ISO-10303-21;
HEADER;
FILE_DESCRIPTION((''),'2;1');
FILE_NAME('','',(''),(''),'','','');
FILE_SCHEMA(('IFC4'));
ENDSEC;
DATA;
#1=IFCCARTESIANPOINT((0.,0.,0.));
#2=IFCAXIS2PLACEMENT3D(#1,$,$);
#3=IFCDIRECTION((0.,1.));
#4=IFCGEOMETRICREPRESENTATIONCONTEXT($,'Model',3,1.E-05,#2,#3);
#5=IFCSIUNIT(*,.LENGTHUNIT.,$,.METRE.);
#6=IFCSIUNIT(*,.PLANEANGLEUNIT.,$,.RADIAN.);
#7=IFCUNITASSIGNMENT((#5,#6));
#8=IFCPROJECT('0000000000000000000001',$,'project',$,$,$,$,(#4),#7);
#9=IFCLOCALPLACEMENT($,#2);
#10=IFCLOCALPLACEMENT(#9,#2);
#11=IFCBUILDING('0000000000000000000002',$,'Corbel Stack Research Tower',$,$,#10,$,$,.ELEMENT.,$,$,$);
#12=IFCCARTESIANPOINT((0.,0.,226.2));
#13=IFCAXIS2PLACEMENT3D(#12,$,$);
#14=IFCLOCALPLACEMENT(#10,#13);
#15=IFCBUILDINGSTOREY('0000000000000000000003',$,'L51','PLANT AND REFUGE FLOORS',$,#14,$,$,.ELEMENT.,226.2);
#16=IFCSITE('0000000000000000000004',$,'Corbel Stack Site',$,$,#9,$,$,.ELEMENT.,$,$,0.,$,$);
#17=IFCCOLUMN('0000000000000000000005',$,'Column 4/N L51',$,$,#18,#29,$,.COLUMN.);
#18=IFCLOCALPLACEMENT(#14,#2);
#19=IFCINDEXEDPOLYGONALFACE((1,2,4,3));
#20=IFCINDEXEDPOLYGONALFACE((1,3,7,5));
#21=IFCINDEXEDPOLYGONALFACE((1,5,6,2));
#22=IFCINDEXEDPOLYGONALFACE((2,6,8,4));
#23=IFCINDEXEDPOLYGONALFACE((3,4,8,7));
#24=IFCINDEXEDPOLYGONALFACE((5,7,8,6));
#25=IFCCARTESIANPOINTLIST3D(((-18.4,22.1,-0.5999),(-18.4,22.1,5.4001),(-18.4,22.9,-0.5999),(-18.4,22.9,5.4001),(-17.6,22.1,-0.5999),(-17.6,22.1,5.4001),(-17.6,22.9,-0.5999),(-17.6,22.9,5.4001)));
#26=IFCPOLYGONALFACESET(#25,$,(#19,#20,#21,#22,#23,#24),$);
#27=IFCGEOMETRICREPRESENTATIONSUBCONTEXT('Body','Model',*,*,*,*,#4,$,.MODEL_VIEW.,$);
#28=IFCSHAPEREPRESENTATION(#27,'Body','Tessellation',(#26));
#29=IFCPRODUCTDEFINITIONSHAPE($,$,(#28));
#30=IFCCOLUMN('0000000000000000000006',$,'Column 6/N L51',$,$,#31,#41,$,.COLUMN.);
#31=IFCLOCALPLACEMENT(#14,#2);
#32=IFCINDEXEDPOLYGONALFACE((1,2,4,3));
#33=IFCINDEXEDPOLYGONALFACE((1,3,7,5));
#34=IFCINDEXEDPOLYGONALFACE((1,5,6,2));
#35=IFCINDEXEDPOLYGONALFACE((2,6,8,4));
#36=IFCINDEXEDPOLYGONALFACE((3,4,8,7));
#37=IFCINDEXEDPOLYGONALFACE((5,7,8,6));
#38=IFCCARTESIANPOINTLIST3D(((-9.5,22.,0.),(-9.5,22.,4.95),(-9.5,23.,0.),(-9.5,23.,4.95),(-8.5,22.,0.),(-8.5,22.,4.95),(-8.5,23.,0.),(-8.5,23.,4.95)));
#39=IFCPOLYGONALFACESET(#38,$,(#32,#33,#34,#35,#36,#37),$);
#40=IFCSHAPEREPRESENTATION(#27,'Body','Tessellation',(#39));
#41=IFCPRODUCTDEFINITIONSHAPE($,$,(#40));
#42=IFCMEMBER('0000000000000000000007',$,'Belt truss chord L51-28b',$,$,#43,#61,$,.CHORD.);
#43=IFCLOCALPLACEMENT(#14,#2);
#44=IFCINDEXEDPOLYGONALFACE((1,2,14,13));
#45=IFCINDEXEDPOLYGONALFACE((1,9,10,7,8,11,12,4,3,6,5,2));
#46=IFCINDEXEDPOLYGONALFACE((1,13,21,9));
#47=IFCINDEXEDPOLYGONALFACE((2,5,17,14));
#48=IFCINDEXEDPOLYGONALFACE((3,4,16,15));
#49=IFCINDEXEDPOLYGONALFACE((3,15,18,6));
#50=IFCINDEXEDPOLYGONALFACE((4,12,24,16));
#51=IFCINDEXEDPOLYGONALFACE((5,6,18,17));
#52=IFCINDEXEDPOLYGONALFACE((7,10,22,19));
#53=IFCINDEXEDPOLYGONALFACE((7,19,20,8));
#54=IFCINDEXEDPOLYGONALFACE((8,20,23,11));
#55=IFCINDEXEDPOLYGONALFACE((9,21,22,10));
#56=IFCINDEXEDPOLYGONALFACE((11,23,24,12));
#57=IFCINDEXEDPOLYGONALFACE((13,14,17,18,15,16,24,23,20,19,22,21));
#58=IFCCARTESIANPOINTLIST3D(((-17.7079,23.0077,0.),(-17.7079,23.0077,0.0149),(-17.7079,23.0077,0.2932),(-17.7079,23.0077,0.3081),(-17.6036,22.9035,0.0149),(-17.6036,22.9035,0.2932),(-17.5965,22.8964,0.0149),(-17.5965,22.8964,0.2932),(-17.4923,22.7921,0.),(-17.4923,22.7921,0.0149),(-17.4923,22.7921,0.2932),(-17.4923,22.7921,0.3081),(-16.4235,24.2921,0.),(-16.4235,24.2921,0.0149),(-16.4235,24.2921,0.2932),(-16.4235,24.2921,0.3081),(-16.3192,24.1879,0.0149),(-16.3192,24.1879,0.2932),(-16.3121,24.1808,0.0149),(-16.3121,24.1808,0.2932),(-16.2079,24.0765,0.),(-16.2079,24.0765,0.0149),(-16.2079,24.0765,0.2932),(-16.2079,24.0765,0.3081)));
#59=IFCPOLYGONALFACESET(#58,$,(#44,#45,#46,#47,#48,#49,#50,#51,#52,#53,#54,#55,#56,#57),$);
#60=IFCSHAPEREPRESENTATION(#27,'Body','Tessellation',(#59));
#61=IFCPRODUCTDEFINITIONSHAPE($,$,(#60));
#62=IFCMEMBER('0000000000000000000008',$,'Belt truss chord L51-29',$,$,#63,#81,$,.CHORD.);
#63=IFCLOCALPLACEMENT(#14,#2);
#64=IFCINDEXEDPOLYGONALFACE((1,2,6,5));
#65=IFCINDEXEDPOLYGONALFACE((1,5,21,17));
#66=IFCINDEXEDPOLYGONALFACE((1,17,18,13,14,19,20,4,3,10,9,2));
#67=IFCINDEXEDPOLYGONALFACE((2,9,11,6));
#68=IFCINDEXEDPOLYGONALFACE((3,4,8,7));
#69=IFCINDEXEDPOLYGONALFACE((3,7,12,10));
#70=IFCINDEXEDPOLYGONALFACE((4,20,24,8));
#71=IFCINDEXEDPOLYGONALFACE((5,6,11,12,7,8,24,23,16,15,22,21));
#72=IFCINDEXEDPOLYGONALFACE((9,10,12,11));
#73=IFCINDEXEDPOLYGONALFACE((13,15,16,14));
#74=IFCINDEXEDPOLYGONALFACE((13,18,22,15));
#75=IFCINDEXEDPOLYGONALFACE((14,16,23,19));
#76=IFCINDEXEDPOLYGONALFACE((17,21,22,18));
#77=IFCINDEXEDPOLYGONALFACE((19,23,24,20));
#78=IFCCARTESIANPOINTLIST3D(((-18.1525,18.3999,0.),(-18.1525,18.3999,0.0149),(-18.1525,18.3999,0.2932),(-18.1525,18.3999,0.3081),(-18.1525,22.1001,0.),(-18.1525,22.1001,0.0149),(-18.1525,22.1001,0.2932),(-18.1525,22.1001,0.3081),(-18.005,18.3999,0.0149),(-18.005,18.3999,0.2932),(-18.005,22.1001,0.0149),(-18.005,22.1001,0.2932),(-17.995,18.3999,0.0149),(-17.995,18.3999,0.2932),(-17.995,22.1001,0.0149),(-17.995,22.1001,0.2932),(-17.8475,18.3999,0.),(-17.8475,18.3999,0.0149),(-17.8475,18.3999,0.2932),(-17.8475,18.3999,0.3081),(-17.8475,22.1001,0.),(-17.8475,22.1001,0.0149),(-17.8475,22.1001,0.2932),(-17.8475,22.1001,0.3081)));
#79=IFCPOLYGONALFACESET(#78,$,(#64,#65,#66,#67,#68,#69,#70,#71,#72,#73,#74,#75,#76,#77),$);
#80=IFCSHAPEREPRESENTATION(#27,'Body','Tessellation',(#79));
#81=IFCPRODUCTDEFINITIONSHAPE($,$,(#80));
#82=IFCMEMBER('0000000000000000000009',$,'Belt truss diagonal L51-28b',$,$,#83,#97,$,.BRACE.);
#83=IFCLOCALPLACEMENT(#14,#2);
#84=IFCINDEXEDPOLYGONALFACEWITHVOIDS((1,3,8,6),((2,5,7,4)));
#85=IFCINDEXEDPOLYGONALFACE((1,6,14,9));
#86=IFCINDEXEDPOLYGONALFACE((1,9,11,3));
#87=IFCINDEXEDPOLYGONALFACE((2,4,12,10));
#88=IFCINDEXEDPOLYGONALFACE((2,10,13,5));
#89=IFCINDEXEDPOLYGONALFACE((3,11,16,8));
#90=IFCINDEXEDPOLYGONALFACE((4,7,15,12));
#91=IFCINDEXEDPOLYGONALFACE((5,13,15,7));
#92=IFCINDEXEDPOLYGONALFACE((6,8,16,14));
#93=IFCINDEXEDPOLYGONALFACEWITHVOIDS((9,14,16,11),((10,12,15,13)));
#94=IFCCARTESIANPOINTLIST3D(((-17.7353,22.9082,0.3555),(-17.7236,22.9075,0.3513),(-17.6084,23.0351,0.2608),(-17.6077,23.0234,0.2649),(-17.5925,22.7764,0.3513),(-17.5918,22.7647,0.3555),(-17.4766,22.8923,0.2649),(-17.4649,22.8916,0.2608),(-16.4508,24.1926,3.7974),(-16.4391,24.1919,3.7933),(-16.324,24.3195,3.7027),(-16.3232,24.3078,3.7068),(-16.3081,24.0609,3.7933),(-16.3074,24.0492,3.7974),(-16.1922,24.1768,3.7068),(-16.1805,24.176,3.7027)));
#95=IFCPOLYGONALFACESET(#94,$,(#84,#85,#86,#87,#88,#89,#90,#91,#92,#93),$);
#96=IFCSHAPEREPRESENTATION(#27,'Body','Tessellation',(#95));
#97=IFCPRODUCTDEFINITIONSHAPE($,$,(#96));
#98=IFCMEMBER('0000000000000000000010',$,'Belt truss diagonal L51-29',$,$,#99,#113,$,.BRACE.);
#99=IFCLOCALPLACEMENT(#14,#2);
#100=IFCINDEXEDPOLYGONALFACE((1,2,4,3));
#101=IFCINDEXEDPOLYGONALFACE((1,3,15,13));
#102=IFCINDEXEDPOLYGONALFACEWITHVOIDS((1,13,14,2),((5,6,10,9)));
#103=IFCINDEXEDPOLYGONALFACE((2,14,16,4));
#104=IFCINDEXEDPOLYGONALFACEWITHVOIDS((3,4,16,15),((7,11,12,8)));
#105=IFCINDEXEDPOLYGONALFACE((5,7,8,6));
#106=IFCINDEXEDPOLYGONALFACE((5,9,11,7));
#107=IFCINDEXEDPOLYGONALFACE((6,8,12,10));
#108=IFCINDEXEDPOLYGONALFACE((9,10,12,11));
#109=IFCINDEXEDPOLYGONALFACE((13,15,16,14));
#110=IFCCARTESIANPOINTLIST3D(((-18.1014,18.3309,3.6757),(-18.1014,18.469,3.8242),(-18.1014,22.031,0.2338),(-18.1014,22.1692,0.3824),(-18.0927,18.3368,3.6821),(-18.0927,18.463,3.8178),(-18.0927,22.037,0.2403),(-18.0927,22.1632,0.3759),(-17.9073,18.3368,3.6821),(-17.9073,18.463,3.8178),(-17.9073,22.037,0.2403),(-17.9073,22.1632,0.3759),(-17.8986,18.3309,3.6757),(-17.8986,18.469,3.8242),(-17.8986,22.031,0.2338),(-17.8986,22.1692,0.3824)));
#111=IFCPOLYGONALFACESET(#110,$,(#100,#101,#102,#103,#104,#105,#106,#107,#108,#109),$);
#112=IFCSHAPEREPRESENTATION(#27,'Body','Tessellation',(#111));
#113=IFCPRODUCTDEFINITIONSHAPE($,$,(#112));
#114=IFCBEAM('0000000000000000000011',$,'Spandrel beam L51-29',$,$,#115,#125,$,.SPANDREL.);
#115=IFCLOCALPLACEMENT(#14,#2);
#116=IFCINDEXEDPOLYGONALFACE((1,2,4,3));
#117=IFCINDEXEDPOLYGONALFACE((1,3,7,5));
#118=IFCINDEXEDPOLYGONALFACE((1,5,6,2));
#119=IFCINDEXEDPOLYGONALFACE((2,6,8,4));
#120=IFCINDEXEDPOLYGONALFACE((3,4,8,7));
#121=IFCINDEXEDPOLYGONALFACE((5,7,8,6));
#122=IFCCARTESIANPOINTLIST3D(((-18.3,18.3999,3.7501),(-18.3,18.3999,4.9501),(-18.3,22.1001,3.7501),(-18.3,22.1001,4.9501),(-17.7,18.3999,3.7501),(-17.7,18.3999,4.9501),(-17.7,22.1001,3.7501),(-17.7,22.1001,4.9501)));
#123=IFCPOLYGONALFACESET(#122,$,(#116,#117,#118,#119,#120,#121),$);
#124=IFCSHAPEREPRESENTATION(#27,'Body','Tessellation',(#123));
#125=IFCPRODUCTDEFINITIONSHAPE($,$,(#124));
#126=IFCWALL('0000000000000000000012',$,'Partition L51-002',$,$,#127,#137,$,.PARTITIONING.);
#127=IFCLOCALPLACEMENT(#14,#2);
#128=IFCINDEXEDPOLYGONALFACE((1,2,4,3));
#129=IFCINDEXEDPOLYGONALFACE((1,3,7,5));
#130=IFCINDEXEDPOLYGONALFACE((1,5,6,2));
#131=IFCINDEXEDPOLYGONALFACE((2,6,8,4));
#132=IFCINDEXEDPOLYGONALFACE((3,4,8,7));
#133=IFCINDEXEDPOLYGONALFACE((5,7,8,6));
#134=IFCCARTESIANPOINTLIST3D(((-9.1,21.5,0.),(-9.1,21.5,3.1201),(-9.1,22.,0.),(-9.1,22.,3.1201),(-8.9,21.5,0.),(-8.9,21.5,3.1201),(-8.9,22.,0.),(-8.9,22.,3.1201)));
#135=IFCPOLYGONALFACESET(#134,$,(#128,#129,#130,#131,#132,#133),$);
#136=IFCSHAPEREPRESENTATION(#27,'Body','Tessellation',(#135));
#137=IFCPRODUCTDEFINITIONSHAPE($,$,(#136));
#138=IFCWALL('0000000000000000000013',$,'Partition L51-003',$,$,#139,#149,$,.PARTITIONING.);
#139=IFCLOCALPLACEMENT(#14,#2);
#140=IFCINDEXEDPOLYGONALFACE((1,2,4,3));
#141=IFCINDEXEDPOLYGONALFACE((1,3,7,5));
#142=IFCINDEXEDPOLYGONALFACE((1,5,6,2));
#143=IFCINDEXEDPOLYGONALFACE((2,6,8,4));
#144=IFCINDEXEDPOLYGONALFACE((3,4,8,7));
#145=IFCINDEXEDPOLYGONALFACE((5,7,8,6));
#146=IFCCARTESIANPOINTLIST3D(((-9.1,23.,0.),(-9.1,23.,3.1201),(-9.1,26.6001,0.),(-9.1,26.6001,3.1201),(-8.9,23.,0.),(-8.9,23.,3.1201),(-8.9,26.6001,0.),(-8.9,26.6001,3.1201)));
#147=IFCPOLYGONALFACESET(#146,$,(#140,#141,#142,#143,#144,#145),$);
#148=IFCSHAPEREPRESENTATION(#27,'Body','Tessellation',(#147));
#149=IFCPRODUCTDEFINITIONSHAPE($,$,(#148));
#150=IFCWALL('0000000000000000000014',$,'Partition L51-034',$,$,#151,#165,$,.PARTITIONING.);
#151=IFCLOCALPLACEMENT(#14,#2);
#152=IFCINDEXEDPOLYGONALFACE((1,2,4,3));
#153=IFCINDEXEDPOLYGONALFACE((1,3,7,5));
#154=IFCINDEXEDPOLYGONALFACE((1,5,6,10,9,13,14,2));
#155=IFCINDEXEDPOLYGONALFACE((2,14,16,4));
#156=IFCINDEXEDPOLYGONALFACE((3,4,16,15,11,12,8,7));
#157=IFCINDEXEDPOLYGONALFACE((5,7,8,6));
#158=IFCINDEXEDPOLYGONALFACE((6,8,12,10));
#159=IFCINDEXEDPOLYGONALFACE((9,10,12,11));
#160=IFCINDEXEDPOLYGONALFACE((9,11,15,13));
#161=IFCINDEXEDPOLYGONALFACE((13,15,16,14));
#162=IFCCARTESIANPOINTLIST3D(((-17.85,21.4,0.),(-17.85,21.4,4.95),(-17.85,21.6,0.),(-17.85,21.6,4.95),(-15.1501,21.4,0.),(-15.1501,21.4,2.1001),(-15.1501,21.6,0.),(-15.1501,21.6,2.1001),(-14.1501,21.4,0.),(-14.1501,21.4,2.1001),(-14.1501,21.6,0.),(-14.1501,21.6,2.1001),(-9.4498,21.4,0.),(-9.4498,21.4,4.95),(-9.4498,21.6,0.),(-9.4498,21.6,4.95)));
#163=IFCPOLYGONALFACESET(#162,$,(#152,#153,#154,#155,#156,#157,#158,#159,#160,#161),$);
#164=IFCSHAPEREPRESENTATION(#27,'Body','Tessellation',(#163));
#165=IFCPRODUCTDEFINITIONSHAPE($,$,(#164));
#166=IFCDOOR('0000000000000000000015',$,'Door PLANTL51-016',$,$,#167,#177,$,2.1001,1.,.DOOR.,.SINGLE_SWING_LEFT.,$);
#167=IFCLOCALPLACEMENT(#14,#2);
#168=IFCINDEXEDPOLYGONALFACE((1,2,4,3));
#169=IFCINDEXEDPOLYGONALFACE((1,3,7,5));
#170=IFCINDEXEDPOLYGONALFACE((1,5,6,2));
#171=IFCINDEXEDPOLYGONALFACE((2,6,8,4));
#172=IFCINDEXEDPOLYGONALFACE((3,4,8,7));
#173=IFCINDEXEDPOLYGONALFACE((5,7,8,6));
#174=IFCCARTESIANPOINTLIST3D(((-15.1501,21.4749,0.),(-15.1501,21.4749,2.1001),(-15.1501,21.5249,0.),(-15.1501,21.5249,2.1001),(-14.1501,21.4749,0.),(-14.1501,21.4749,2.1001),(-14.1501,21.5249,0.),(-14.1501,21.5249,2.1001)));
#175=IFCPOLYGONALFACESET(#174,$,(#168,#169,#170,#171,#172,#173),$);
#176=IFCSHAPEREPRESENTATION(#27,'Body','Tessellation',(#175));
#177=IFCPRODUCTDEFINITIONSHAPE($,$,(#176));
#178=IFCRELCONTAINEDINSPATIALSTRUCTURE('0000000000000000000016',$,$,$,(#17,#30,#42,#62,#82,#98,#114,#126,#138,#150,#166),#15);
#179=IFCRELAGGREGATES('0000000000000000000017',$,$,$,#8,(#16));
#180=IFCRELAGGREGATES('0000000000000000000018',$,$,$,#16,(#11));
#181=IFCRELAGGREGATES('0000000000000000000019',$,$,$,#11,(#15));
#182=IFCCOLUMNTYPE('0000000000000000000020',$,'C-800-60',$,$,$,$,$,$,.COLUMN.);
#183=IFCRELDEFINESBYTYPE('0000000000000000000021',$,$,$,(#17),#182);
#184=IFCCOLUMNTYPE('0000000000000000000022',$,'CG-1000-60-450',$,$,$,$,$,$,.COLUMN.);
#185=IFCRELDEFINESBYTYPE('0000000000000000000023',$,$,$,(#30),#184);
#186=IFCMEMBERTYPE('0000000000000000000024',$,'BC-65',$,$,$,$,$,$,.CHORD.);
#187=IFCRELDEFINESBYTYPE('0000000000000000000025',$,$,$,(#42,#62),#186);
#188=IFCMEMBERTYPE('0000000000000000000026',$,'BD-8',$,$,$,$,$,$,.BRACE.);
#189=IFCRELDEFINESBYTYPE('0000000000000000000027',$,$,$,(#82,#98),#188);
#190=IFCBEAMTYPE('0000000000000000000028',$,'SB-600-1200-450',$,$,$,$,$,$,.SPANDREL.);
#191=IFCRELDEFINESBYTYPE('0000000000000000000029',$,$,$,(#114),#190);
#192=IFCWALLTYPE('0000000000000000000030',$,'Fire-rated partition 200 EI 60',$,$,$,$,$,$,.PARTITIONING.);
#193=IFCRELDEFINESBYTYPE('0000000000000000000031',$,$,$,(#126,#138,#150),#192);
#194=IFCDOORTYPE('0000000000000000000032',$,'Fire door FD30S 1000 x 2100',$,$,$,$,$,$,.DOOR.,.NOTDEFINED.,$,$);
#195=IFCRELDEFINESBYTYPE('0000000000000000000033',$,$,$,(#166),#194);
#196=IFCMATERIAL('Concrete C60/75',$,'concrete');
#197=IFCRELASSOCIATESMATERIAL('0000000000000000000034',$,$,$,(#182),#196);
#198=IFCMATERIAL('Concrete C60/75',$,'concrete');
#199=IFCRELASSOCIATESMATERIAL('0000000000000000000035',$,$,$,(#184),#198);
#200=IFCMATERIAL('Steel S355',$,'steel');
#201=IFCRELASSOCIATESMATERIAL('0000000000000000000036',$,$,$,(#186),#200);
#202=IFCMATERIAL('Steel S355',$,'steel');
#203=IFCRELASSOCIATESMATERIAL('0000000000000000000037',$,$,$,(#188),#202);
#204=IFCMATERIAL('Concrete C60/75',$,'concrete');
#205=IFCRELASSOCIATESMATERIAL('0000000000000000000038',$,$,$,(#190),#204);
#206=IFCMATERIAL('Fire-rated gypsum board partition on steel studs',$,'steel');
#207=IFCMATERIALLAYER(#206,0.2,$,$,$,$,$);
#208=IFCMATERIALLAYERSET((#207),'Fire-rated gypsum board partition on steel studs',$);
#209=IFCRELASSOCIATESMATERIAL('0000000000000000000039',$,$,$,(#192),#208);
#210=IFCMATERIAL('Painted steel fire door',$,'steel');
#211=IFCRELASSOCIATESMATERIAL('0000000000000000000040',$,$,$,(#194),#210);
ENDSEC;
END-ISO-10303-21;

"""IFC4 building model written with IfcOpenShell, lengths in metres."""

from ifc_helpers import new_model, si_unit, direction, frame, frame_2d, origin, origin_2d, place, context, subcontext, project, spatial, rectangle, hollow_rectangle, i_section, extrude, material, layer, layer_set, material_profile, profile_set, type_object, element, fill, save


model = new_model("IFC4")

# Units and contexts
model_context = context("Model", 3, precision=1e-05, world=origin(), true_north=direction((0.0, 1.0)))
body_context = subcontext(model_context, "Body", "Model", "MODEL_VIEW")
ifc_project = project(units=[si_unit("LENGTHUNIT", "METRE"), si_unit("PLANEANGLEUNIT", "RADIAN")], contexts=[model_context])

# Site, building, storey
site_placement = place(None, origin())
site = spatial("IfcSite", under=ifc_project, at=site_placement, Name="Corbel Stack Site", CompositionType="ELEMENT", RefElevation=0.0)
building_placement = place(site_placement, origin())
building = spatial("IfcBuilding", under=site, at=building_placement, Name="Corbel Stack Research Tower", CompositionType="ELEMENT")
storey_placement = place(building_placement, frame((0.0, 0.0, 226.2)))
storey = spatial("IfcBuildingStorey", under=building, at=storey_placement, Name="L51", Description="PLANT AND REFUGE FLOORS", CompositionType="ELEMENT", Elevation=226.2)

# Columns
ifc_material_1 = material(Name="Concrete C60/75", Category="concrete")
ifc_material_profile_1 = material_profile(ifc_material_1, rectangle(XDim=0.8, YDim=0.8, at=origin_2d()), Name="RC 800 x 800")
ifc_profile_set_1 = profile_set([ifc_material_profile_1], Name="Concrete C60/75")
column_type_1 = type_object("IfcColumnType", Name="C-800-60", PredefinedType="COLUMN", material=ifc_profile_set_1)
column_1_placement = place(storey_placement, frame((-18.0, 22.5, -0.5999), z_axis=(0.0, 0.0, 1.0), x_axis=(1.0, 0.0, 0.0)))
element("IfcColumn", 1, at=column_1_placement, inside=storey, type_object=column_type_1, Name="Column 4/N L51", PredefinedType="COLUMN", context=body_context, shape_type="SweptSolid", body=[
    extrude(rectangle(XDim=0.8, YDim=0.8, at=origin_2d()), origin(), (0.0, 0.0, 1.0), 6.0),
])
ifc_material_2 = material(Name="Concrete C60/75", Category="concrete")
ifc_material_profile_2 = material_profile(ifc_material_2, rectangle(XDim=1.0, YDim=1.0, at=origin_2d()), Name="RC 1000 x 1000")
ifc_profile_set_2 = profile_set([ifc_material_profile_2], Name="Concrete C60/75")
column_type_2 = type_object("IfcColumnType", Name="CG-1000-60-450", PredefinedType="COLUMN", material=ifc_profile_set_2)
column_2_placement = place(storey_placement, frame((-9.0, 22.5, 0.0), z_axis=(0.0, 0.0, 1.0), x_axis=(1.0, 0.0, 0.0)))
element("IfcColumn", 2, at=column_2_placement, inside=storey, type_object=column_type_2, Name="Column 6/N L51", PredefinedType="COLUMN", context=body_context, shape_type="SweptSolid", body=[
    extrude(rectangle(XDim=1.0, YDim=1.0, at=origin_2d()), origin(), (0.0, 0.0, 1.0), 4.95),
])

# Members
ifc_material_3 = material(Name="Steel S355", Category="steel")
ifc_material_profile_3 = material_profile(ifc_material_3, i_section(OverallWidth=0.3049, OverallDepth=0.3081, WebThickness=0.01, FlangeThickness=0.0149, at=origin_2d()), Name="W12x65")
ifc_profile_set_3 = profile_set([ifc_material_profile_3], Name="Steel S355")
member_type_1 = type_object("IfcMemberType", Name="BC-65", PredefinedType="CHORD", material=ifc_profile_set_3)
member_1_placement = place(storey_placement, frame((-16.3157, 24.1843, 0.1541), z_axis=(-0.707107, -0.707107, 0.0), x_axis=(0.707107, -0.707107, 0.0)))
element("IfcMember", 3, at=member_1_placement, inside=storey, type_object=member_type_1, Name="Belt truss chord L51-28b", PredefinedType="CHORD", context=body_context, shape_type="SweptSolid", body=[
    extrude(i_section(OverallWidth=0.3049, OverallDepth=0.3081, WebThickness=0.01, FlangeThickness=0.0149, at=origin_2d()), origin(), (0.0, 0.0, 1.0), 1.8164),
])
member_2_placement = place(storey_placement, frame((-18.0, 22.1001, 0.1541), z_axis=(0.0, -1.0, 0.0), x_axis=(1.0, 0.0, 0.0)))
element("IfcMember", 4, at=member_2_placement, inside=storey, type_object=member_type_1, Name="Belt truss chord L51-29", PredefinedType="CHORD", context=body_context, shape_type="SweptSolid", body=[
    extrude(i_section(OverallWidth=0.3049, OverallDepth=0.3081, WebThickness=0.01, FlangeThickness=0.0149, at=origin_2d()), origin(), (0.0, 0.0, 1.0), 3.7002),
])
ifc_material_4 = material(Name="Steel S355", Category="steel")
ifc_material_profile_4 = material_profile(ifc_material_4, hollow_rectangle(XDim=0.2029, YDim=0.2029, WallThickness=0.0088, at=origin_2d()), Name="HSS8x8x3/8")
ifc_profile_set_4 = profile_set([ifc_material_profile_4], Name="Steel S355")
member_type_2 = type_object("IfcMemberType", Name="BD-8", PredefinedType="BRACE", material=ifc_profile_set_4)
member_3_placement = place(storey_placement, frame((-17.6001, 22.8999, 0.3081), z_axis=(0.330033, 0.330033, 0.884396), x_axis=(-0.707107, 0.707107, 0.0)))
element("IfcMember", 5, at=member_3_placement, inside=storey, type_object=member_type_2, Name="Belt truss diagonal L51-28b", PredefinedType="BRACE", context=body_context, shape_type="SweptSolid", body=[
    extrude(hollow_rectangle(XDim=0.2029, YDim=0.2029, WallThickness=0.0088, at=origin_2d()), origin(), (0.0, 0.0, 1.0), 3.8918),
])
member_4_placement = place(storey_placement, frame((-18.0, 22.1001, 0.3081), z_axis=(0.0, -0.732201, 0.681088), x_axis=(1.0, 0.0, 0.0)))
element("IfcMember", 6, at=member_4_placement, inside=storey, type_object=member_type_2, Name="Belt truss diagonal L51-29", PredefinedType="BRACE", context=body_context, shape_type="SweptSolid", body=[
    extrude(hollow_rectangle(XDim=0.2029, YDim=0.2029, WallThickness=0.0088, at=origin_2d()), origin(), (0.0, 0.0, 1.0), 5.0535),
])

# Beam
ifc_material_5 = material(Name="Concrete C60/75", Category="concrete")
ifc_material_profile_5 = material_profile(ifc_material_5, rectangle(XDim=0.6001, YDim=1.2, at=origin_2d()), Name="RC 600 x 1200")
ifc_profile_set_5 = profile_set([ifc_material_profile_5], Name="Concrete C60/75")
beam_type = type_object("IfcBeamType", Name="SB-600-1200-450", PredefinedType="SPANDREL", material=ifc_profile_set_5)
beam_placement = place(storey_placement, frame((-18.0, 22.1001, 4.3501), z_axis=(0.0, -1.0, 0.0), x_axis=(1.0, 0.0, 0.0)))
element("IfcBeam", 7, at=beam_placement, inside=storey, type_object=beam_type, Name="Spandrel beam L51-29", PredefinedType="SPANDREL", context=body_context, shape_type="SweptSolid", body=[
    extrude(rectangle(XDim=0.6001, YDim=1.2, at=origin_2d()), origin(), (0.0, 0.0, 1.0), 3.7002),
])

# Walls
ifc_material_6 = material(Name="Fire-rated gypsum board partition on steel studs", Category="steel")
ifc_layer_1 = layer(ifc_material_6, 0.2)
ifc_layer_set_1 = layer_set([ifc_layer_1], Name="Fire-rated gypsum board partition on steel studs")
wall_type_1 = type_object("IfcWallType", Name="Fire-rated partition 200 EI 60", PredefinedType="PARTITIONING", material=ifc_layer_set_1)
wall_1_placement = place(storey_placement, frame((-9.0, 21.5, 0.0), z_axis=(0.0, 0.0, 1.0), x_axis=(0.0, 1.0, 0.0)))
element("IfcWall", 8, at=wall_1_placement, inside=storey, type_object=wall_type_1, Name="Partition L51-002", PredefinedType="PARTITIONING", context=body_context, shape_type="SweptSolid", body=[
    extrude(rectangle(XDim=0.5, YDim=0.2, at=frame_2d((0.25, 0.0))), origin(), (0.0, 0.0, 1.0), 3.1201),
])
wall_2_placement = place(storey_placement, frame((-9.0, 23.0, 0.0), z_axis=(0.0, 0.0, 1.0), x_axis=(0.0, 1.0, 0.0)))
element("IfcWall", 9, at=wall_2_placement, inside=storey, type_object=wall_type_1, Name="Partition L51-003", PredefinedType="PARTITIONING", context=body_context, shape_type="SweptSolid", body=[
    extrude(rectangle(XDim=3.6001, YDim=0.2, at=frame_2d((1.8, 0.0))), origin(), (0.0, 0.0, 1.0), 3.1201),
])

# Wall, opening, door
wall_3_placement = place(storey_placement, frame((-17.8501, 21.5, 0.0), z_axis=(0.0, 0.0, 1.0), x_axis=(1.0, 0.0, 0.0)))
wall_3 = element("IfcWall", 10, at=wall_3_placement, inside=storey, type_object=wall_type_1, Name="Partition L51-034", PredefinedType="PARTITIONING", context=body_context, shape_type="SweptSolid", body=[
    extrude(rectangle(XDim=8.4001, YDim=0.2, at=frame_2d((4.2002, 0.0))), origin(), (0.0, 0.0, 1.0), 4.95),
])
opening_1_placement = place(wall_3_placement, frame((2.7, 0.0, 0.0)))
opening_1 = element("IfcOpeningElement", 11, at=opening_1_placement, cuts=wall_3, PredefinedType="OPENING", context=body_context, shape_type="SweptSolid", body=[
    extrude(rectangle(XDim=1.0, YDim=2.1001, at=frame_2d((0.5, 1.05))), frame((0.0, 0.1099, 0.0), z_axis=(0.0, -1.0, 0.0), x_axis=(1.0, 0.0, 0.0)), (0.0, 0.0, 1.0), 0.22),
])
ifc_material_7 = material(Name="Painted steel fire door", Category="steel")
door_type_1 = type_object("IfcDoorType", Name="Fire door FD30S 1000 x 2100", OperationType="NOTDEFINED", PredefinedType="DOOR", material=ifc_material_7)
door_1_placement = place(opening_1_placement, origin())
door_1 = element("IfcDoor", 12, at=door_1_placement, inside=storey, type_object=door_type_1, Name="Door PLANTL51-016", OperationType="SINGLE_SWING_LEFT", OverallHeight=2.1001, OverallWidth=1.0, PredefinedType="DOOR", context=body_context, shape_type="SweptSolid", body=[
    extrude(rectangle(XDim=1.0, YDim=2.1001, at=frame_2d((0.5, 1.05))), frame((0.0, 0.0249, 0.0), z_axis=(0.0, -1.0, 0.0), x_axis=(1.0, 0.0, 0.0)), (0.0, 0.0, 1.0), 0.05),
])
fill(opening_1, door_1)

save(model, "model.ifc")
